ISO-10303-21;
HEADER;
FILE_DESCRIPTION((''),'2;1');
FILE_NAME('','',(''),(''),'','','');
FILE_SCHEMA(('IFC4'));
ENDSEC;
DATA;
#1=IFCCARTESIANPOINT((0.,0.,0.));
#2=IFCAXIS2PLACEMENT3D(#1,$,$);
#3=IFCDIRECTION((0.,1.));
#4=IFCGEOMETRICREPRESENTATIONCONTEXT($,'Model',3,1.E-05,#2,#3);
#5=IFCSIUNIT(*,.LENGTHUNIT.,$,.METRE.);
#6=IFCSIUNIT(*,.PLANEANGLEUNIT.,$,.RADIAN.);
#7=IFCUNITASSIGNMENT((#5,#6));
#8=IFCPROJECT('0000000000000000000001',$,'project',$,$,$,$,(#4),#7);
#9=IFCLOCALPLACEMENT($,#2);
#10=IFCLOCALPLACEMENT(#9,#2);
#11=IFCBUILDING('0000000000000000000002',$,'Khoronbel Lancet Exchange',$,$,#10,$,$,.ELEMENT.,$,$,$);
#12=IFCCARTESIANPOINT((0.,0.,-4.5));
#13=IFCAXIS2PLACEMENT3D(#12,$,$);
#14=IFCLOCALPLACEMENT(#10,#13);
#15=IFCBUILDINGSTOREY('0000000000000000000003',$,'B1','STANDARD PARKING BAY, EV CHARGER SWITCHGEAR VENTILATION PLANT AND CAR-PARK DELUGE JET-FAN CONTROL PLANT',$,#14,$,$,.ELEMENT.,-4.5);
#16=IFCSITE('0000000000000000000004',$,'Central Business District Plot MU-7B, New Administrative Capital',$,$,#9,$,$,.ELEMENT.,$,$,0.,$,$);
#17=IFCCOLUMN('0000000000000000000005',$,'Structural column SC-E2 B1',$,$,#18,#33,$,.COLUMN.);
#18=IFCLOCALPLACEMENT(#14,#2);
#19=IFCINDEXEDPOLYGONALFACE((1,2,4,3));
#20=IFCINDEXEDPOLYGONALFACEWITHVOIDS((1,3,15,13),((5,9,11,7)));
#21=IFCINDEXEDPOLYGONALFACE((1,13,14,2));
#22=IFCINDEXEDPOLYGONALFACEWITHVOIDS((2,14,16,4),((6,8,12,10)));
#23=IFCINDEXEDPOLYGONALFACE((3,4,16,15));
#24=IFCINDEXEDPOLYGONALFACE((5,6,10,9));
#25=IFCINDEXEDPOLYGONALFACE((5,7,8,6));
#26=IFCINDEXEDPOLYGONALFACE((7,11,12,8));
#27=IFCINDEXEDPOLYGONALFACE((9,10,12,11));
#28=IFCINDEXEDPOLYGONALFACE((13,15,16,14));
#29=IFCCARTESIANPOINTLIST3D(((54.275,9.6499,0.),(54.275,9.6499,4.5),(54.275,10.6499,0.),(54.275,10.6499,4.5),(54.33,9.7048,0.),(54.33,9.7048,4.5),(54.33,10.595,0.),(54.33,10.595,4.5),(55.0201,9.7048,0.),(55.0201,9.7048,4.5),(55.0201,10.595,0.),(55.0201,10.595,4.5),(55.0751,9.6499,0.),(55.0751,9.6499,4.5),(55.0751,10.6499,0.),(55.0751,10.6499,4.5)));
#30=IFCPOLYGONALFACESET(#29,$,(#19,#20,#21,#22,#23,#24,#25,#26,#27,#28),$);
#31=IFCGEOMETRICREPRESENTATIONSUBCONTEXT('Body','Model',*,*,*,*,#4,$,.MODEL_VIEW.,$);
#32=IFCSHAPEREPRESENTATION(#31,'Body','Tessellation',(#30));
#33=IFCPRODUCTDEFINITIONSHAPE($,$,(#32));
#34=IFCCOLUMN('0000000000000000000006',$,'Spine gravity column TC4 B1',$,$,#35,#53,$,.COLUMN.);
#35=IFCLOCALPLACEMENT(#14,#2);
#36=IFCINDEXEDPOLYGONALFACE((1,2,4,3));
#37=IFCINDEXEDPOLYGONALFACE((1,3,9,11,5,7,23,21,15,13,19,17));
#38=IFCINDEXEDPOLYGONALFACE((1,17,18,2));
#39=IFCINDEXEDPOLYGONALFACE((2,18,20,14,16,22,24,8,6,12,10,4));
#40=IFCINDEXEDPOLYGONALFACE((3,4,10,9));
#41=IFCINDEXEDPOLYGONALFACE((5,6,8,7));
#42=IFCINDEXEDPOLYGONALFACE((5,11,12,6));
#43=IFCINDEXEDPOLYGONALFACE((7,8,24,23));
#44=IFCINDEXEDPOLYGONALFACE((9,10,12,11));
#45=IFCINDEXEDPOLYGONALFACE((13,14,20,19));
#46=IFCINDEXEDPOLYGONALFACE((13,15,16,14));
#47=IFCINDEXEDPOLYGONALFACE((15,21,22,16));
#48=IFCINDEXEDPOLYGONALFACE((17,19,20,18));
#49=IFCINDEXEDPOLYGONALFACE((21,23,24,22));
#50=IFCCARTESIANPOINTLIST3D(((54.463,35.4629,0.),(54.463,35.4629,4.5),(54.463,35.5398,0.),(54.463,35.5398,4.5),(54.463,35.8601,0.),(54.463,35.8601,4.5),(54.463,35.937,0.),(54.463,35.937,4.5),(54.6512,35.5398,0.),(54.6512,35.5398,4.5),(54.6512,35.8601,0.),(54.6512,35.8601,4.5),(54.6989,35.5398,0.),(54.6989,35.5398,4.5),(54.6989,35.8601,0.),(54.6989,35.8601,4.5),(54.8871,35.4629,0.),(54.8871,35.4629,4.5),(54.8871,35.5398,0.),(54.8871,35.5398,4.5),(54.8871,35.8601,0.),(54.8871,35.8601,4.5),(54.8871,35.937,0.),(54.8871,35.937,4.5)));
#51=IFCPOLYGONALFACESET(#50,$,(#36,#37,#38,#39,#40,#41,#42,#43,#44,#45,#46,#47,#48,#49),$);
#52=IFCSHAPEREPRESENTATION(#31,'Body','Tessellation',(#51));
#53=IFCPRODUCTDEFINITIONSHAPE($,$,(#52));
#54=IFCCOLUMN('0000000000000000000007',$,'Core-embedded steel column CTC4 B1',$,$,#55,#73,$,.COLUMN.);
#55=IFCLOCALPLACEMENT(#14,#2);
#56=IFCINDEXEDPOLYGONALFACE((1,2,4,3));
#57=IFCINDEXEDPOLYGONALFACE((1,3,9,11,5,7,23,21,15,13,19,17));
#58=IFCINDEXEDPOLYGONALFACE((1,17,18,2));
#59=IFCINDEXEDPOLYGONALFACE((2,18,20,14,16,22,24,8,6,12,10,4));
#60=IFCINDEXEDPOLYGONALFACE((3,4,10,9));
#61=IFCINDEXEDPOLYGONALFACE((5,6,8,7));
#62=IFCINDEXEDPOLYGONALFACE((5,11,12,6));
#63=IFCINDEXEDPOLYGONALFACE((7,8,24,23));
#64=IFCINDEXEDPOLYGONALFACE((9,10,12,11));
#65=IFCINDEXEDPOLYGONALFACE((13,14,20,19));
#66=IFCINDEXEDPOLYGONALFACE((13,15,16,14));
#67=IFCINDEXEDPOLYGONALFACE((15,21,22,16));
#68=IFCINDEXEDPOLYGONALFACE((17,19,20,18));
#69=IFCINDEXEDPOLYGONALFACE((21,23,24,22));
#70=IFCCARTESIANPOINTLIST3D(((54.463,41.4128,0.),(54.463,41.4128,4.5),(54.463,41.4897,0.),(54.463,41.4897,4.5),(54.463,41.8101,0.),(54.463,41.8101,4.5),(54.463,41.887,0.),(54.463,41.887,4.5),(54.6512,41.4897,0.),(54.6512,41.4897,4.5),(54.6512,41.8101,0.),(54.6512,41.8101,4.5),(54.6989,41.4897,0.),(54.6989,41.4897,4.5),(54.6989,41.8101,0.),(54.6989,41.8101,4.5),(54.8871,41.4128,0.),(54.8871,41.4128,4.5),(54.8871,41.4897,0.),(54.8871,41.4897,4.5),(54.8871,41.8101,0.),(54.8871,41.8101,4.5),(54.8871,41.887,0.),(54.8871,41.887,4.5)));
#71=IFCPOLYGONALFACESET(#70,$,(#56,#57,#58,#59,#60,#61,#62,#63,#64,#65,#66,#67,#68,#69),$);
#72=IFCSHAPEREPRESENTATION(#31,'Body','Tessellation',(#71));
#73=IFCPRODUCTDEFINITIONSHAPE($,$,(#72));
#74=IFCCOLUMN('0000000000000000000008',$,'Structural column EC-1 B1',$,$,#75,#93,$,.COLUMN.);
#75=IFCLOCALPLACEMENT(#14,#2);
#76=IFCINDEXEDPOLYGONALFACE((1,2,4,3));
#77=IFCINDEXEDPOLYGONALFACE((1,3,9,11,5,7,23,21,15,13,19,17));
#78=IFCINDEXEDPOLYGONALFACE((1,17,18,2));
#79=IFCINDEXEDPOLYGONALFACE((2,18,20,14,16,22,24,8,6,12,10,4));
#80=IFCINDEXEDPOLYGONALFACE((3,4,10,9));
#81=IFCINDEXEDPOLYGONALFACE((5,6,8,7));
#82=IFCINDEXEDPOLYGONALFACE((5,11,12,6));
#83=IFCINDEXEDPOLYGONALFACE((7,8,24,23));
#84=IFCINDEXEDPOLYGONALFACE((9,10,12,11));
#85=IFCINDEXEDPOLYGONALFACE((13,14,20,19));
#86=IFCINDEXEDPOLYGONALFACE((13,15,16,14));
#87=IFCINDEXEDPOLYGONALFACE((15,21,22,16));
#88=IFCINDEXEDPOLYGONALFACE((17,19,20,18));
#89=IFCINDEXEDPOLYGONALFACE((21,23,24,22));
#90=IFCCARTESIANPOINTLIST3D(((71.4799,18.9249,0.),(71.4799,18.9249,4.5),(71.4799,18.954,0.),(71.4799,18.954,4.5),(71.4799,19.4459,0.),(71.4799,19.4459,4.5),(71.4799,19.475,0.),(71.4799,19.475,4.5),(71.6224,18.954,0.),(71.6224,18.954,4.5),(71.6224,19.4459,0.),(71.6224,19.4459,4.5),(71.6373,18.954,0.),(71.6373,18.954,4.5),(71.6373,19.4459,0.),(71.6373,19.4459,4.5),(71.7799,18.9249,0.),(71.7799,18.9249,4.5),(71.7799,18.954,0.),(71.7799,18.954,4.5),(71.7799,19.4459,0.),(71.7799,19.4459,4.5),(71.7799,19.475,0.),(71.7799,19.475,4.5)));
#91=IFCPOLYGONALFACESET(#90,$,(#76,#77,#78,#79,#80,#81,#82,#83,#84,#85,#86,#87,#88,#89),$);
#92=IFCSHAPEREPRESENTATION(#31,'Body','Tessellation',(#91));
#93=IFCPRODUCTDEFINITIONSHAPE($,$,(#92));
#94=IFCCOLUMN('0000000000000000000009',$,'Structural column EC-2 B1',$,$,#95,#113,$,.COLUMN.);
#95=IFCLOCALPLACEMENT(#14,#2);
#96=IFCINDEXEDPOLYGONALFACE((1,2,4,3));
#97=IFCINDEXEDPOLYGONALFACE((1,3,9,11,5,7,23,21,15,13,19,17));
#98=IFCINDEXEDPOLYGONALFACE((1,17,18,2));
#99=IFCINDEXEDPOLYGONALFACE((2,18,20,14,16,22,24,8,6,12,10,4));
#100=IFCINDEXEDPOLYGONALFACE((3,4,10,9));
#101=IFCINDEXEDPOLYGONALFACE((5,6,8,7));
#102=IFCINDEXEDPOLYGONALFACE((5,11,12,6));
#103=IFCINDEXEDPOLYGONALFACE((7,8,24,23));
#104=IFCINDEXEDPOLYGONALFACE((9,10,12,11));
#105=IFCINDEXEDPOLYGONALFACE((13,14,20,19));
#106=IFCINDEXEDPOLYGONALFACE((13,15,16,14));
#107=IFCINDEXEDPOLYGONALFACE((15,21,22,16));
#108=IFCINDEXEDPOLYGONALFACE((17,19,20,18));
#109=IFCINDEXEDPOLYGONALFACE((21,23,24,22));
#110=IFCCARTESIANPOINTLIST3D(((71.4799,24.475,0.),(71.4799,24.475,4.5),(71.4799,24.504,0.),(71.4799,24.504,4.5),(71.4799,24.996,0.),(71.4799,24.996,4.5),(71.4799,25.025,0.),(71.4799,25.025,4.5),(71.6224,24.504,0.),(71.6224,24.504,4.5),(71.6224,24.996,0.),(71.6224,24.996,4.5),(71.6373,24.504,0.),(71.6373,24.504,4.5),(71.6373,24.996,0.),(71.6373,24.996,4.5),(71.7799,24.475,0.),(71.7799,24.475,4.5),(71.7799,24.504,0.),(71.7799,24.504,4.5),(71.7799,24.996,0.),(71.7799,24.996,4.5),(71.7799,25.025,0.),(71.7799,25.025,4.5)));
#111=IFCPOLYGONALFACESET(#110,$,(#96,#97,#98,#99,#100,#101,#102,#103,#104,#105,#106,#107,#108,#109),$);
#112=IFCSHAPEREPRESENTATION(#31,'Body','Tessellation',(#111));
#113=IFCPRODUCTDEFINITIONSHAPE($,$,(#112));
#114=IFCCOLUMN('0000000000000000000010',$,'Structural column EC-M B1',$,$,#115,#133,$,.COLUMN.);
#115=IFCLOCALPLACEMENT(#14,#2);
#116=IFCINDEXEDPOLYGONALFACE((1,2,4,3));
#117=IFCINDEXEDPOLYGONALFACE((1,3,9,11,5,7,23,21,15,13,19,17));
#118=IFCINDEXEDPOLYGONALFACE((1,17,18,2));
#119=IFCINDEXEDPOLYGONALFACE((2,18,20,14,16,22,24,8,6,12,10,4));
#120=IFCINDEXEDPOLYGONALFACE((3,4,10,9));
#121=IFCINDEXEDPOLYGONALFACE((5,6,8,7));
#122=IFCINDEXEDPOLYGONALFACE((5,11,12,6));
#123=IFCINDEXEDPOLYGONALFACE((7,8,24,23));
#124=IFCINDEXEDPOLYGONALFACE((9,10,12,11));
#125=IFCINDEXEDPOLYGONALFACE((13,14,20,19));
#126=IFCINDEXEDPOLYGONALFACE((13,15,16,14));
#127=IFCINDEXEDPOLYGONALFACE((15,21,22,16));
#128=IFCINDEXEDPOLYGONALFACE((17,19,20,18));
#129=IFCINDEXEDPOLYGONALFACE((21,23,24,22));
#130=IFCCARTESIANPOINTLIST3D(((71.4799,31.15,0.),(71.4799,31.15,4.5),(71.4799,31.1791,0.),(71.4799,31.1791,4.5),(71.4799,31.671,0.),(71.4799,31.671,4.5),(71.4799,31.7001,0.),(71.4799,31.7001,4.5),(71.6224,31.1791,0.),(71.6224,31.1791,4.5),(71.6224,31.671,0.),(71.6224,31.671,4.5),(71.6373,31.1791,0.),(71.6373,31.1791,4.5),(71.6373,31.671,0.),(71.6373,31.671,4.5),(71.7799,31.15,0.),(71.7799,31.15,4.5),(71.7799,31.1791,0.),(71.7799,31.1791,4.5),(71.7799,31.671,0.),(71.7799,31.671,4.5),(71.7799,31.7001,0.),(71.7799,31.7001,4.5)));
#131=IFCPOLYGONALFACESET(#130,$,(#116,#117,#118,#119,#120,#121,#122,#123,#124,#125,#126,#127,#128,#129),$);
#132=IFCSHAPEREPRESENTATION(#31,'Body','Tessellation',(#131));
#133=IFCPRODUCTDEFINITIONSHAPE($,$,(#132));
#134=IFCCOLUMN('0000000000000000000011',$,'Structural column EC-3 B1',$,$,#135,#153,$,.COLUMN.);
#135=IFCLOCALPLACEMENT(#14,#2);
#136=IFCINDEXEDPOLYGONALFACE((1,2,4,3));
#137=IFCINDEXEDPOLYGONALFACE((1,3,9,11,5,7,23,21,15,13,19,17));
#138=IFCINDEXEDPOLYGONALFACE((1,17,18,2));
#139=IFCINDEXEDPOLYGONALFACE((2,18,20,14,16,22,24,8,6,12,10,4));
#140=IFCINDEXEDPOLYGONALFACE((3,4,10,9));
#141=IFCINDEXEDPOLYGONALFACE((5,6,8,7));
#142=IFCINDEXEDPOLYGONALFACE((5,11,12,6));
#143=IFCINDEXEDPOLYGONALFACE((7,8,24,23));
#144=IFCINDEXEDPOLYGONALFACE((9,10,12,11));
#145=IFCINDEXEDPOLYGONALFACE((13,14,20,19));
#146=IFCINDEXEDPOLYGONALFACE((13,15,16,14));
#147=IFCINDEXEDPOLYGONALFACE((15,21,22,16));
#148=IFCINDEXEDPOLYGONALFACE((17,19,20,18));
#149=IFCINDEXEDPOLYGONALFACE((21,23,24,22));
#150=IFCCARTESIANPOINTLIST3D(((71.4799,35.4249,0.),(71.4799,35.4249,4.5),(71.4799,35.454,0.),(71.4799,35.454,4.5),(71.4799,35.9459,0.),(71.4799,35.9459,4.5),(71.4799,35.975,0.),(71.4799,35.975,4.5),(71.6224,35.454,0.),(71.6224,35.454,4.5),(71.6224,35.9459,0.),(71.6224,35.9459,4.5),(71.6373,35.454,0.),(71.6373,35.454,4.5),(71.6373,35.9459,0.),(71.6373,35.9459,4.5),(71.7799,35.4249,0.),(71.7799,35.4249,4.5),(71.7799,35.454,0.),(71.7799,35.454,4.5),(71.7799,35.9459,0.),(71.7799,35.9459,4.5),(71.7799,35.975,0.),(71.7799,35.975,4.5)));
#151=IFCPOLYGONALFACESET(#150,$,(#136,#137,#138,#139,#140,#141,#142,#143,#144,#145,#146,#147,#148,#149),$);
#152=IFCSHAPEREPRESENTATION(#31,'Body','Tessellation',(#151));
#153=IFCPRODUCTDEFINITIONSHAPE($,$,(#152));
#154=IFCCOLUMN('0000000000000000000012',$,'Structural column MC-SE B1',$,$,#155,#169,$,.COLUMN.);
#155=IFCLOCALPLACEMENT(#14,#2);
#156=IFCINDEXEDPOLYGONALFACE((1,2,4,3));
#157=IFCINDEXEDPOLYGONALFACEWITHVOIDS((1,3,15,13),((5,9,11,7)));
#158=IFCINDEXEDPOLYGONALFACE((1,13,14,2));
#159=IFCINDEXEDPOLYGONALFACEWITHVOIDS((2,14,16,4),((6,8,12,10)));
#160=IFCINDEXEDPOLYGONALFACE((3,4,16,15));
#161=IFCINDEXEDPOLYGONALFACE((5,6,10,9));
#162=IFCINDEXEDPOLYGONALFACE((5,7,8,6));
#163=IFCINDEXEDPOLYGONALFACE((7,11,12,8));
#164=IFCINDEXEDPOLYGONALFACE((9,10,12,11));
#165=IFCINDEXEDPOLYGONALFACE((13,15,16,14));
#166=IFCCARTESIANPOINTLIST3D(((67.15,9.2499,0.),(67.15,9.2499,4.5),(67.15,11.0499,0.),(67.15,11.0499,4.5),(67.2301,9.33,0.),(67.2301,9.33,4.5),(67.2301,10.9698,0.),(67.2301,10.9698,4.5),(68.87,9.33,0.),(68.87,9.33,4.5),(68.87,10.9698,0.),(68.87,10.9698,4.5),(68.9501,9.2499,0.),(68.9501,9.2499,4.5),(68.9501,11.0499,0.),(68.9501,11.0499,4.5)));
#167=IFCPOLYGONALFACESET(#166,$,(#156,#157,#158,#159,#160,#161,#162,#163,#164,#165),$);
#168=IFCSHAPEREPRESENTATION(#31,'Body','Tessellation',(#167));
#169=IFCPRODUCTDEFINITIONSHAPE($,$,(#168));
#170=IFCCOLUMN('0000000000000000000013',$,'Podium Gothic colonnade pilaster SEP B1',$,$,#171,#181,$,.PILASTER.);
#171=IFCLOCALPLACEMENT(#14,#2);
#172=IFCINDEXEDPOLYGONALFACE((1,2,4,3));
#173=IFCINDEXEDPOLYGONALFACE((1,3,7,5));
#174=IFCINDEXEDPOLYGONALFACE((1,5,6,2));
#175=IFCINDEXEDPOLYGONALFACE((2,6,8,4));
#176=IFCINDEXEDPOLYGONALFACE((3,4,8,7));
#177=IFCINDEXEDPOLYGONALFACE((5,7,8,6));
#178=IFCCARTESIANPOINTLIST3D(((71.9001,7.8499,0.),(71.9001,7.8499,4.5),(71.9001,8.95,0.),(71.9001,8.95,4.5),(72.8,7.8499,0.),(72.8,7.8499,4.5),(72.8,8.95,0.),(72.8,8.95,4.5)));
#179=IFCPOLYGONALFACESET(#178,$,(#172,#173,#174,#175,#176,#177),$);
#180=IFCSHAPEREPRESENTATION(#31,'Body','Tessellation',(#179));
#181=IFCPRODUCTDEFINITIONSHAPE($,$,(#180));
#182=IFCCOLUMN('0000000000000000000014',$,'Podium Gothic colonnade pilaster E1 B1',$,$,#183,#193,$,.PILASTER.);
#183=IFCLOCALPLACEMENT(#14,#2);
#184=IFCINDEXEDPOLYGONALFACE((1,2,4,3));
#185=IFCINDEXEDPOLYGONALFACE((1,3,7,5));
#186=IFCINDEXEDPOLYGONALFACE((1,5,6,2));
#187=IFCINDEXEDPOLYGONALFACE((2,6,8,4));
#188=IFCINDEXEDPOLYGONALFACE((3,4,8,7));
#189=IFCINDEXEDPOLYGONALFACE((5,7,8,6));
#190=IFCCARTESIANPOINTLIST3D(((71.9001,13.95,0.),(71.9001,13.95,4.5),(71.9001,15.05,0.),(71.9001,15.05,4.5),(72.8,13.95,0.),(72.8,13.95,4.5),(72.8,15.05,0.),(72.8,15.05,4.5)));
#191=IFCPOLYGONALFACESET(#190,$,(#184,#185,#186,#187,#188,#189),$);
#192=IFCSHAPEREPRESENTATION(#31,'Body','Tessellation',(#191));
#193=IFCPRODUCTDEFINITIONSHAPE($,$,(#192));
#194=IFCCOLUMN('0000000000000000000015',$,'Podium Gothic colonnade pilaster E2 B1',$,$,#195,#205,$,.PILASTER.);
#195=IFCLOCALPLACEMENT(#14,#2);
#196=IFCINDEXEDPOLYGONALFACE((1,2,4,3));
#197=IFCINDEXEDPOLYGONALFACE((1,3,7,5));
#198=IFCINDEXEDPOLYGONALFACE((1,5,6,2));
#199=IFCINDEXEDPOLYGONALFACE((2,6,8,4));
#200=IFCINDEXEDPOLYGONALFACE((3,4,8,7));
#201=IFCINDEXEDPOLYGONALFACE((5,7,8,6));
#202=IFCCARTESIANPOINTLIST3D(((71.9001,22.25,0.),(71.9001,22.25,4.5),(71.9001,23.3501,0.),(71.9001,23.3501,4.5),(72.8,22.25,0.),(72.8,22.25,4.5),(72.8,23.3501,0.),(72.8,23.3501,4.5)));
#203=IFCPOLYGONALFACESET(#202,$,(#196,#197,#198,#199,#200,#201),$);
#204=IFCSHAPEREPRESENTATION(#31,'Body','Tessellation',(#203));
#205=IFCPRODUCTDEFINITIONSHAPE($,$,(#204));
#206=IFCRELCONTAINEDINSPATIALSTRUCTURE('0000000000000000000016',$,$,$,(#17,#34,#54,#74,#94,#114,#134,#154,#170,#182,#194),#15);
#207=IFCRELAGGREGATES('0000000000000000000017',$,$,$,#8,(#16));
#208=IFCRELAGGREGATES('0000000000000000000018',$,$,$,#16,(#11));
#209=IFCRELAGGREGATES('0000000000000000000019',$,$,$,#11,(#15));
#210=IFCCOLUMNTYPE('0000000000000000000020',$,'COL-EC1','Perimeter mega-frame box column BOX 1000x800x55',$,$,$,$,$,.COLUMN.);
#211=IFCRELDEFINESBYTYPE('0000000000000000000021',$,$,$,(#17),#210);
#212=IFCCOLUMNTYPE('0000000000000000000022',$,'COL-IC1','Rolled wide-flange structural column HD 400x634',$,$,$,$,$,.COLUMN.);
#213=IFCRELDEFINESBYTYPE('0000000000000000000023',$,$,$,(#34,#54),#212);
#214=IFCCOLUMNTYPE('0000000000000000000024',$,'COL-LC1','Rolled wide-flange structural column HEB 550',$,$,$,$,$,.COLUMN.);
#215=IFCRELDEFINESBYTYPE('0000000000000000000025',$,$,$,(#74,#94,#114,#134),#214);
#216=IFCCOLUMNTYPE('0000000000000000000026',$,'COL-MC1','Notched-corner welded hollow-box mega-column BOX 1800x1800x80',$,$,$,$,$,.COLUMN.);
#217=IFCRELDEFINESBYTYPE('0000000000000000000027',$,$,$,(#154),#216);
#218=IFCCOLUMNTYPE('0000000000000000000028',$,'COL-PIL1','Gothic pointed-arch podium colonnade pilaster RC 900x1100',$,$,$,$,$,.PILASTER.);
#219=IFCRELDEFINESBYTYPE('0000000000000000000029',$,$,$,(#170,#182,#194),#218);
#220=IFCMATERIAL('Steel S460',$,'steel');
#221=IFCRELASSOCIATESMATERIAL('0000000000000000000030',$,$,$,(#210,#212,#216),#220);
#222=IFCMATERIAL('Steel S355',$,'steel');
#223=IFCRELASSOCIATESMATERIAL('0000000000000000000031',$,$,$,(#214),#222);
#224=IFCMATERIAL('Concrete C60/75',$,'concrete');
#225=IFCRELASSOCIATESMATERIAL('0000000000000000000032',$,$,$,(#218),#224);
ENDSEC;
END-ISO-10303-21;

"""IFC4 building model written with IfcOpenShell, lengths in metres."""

from ifc_helpers import new_model, si_unit, direction, frame, origin, origin_2d, place, context, subcontext, project, spatial, rectangle, hollow_rectangle, i_section, extrude, material, material_profile, profile_set, type_object, element, save


model = new_model("IFC4")

# Units and contexts
model_context = context("Model", 3, precision=1e-05, world=origin(), true_north=direction((0.0, 1.0)))
body_context = subcontext(model_context, "Body", "Model", "MODEL_VIEW")
ifc_project = project(units=[si_unit("LENGTHUNIT", "METRE"), si_unit("PLANEANGLEUNIT", "RADIAN")], contexts=[model_context])

# Site, building, storey
site_placement = place(None, origin())
site = spatial("IfcSite", under=ifc_project, at=site_placement, Name="Central Business District Plot MU-7B, New Administrative Capital", CompositionType="ELEMENT", RefElevation=0.0)
building_placement = place(site_placement, origin())
building = spatial("IfcBuilding", under=site, at=building_placement, Name="Khoronbel Lancet Exchange", CompositionType="ELEMENT")
storey_placement = place(building_placement, frame((0.0, 0.0, -4.5)))
storey = spatial("IfcBuildingStorey", under=building, at=storey_placement, Name="B1", Description="STANDARD PARKING BAY, EV CHARGER SWITCHGEAR VENTILATION PLANT AND CAR-PARK DELUGE JET-FAN CONTROL PLANT", CompositionType="ELEMENT", Elevation=-4.5)

# Columns
ifc_material_1 = material(Name="Steel S460", Category="steel")
ifc_material_profile_1 = material_profile(ifc_material_1, hollow_rectangle(XDim=0.8, YDim=1.0, WallThickness=0.0549, at=origin_2d()), Name="BOX 1000x800x55")
ifc_profile_set_1 = profile_set([ifc_material_profile_1], Name="Steel S460")
column_type_1 = type_object("IfcColumnType", Name="COL-EC1", Description="Perimeter mega-frame box column BOX 1000x800x55", PredefinedType="COLUMN", material=ifc_profile_set_1)
column_1_placement = place(storey_placement, frame((54.675, 10.1499, 0.0), z_axis=(0.0, 0.0, 1.0), x_axis=(1.0, 0.0, 0.0)))
element("IfcColumn", 1, at=column_1_placement, inside=storey, type_object=column_type_1, Name="Structural column SC-E2 B1", PredefinedType="COLUMN", context=body_context, shape_type="SweptSolid", body=[
    extrude(hollow_rectangle(XDim=0.8, YDim=1.0, WallThickness=0.0549, at=origin_2d()), origin(), (0.0, 0.0, 1.0), 4.5),
])
ifc_material_profile_2 = material_profile(ifc_material_1, i_section(OverallWidth=0.4241, OverallDepth=0.4741, WebThickness=0.0476, FlangeThickness=0.0769, at=origin_2d()), Name="HD 400x634")
ifc_profile_set_2 = profile_set([ifc_material_profile_2], Name="Steel S460")
column_type_2 = type_object("IfcColumnType", Name="COL-IC1", Description="Rolled wide-flange structural column HD 400x634", PredefinedType="COLUMN", material=ifc_profile_set_2)
for number, where, z_axis, x_axis, name in (
    (2, (54.675, 35.7, 0.0), (0.0, 0.0, 1.0), (1.0, 0.0, 0.0), "Spine gravity column TC4 B1"),
    (3, (54.675, 41.6499, 0.0), (0.0, 0.0, 1.0), (1.0, 0.0, 0.0), "Core-embedded steel column CTC4 B1"),
):
    element("IfcColumn", number, at=place(storey_placement, frame(where, z_axis=z_axis, x_axis=x_axis)), inside=storey, type_object=column_type_2, Name=name, PredefinedType="COLUMN", context=body_context, shape_type="SweptSolid", body=[
        extrude(i_section(OverallWidth=0.4241, OverallDepth=0.4741, WebThickness=0.0476, FlangeThickness=0.0769, at=origin_2d()), origin(), (0.0, 0.0, 1.0), 4.5),
    ])
ifc_material_2 = material(Name="Steel S355", Category="steel")
ifc_material_profile_3 = material_profile(ifc_material_2, i_section(OverallWidth=0.3, OverallDepth=0.55, WebThickness=0.0149, FlangeThickness=0.0291, at=origin_2d()), Name="HEB 550")
ifc_profile_set_3 = profile_set([ifc_material_profile_3], Name="Steel S355")
column_type_3 = type_object("IfcColumnType", Name="COL-LC1", Description="Rolled wide-flange structural column HEB 550", PredefinedType="COLUMN", material=ifc_profile_set_3)
for number, where, z_axis, x_axis, name in (
    (4, (71.6299, 19.2, 0.0), (0.0, 0.0, 1.0), (1.0, 0.0, 0.0), "Structural column EC-1 B1"),
    (5, (71.6299, 24.75, 0.0), (0.0, 0.0, 1.0), (1.0, 0.0, 0.0), "Structural column EC-2 B1"),
    (6, (71.6299, 31.425, 0.0), (0.0, 0.0, 1.0), (1.0, 0.0, 0.0), "Structural column EC-M B1"),
    (7, (71.6299, 35.7, 0.0), (0.0, 0.0, 1.0), (1.0, 0.0, 0.0), "Structural column EC-3 B1"),
):
    element("IfcColumn", number, at=place(storey_placement, frame(where, z_axis=z_axis, x_axis=x_axis)), inside=storey, type_object=column_type_3, Name=name, PredefinedType="COLUMN", context=body_context, shape_type="SweptSolid", body=[
        extrude(i_section(OverallWidth=0.3, OverallDepth=0.55, WebThickness=0.0149, FlangeThickness=0.0291, at=origin_2d()), origin(), (0.0, 0.0, 1.0), 4.5),
    ])
ifc_material_profile_4 = material_profile(ifc_material_1, hollow_rectangle(XDim=1.8, YDim=1.8, WallThickness=0.0801, at=origin_2d()), Name="BOX 1800x1800x80")
ifc_profile_set_4 = profile_set([ifc_material_profile_4], Name="Steel S460")
column_type_4 = type_object("IfcColumnType", Name="COL-MC1", Description="Notched-corner welded hollow-box mega-column BOX 1800x1800x80", PredefinedType="COLUMN", material=ifc_profile_set_4)
column_2_placement = place(storey_placement, frame((68.05, 10.1499, 0.0), z_axis=(0.0, 0.0, 1.0), x_axis=(1.0, 0.0, 0.0)))
element("IfcColumn", 8, at=column_2_placement, inside=storey, type_object=column_type_4, Name="Structural column MC-SE B1", PredefinedType="COLUMN", context=body_context, shape_type="SweptSolid", body=[
    extrude(hollow_rectangle(XDim=1.8, YDim=1.8, WallThickness=0.0801, at=origin_2d()), origin(), (0.0, 0.0, 1.0), 4.5),
])
ifc_material_3 = material(Name="Concrete C60/75", Category="concrete")
ifc_material_profile_5 = material_profile(ifc_material_3, rectangle(XDim=0.8999, YDim=1.1001, at=origin_2d()), Name="RC 900x1100")
ifc_profile_set_5 = profile_set([ifc_material_profile_5], Name="Concrete C60/75")
column_type_5 = type_object("IfcColumnType", Name="COL-PIL1", Description="Gothic pointed-arch podium colonnade pilaster RC 900x1100", PredefinedType="PILASTER", material=ifc_profile_set_5)
for number, where, z_axis, x_axis, name in (
    (9, (72.3501, 8.3999, 0.0), (0.0, 0.0, 1.0), (1.0, 0.0, 0.0), "Podium Gothic colonnade pilaster SEP B1"),
    (10, (72.3501, 14.5, 0.0), (0.0, 0.0, 1.0), (1.0, 0.0, 0.0), "Podium Gothic colonnade pilaster E1 B1"),
    (11, (72.3501, 22.8, 0.0), (0.0, 0.0, 1.0), (1.0, 0.0, 0.0), "Podium Gothic colonnade pilaster E2 B1"),
):
    element("IfcColumn", number, at=place(storey_placement, frame(where, z_axis=z_axis, x_axis=x_axis)), inside=storey, type_object=column_type_5, Name=name, PredefinedType="PILASTER", context=body_context, shape_type="SweptSolid", body=[
        extrude(rectangle(XDim=0.8999, YDim=1.1001, at=origin_2d()), origin(), (0.0, 0.0, 1.0), 4.5),
    ])

save(model, "model.ifc")
